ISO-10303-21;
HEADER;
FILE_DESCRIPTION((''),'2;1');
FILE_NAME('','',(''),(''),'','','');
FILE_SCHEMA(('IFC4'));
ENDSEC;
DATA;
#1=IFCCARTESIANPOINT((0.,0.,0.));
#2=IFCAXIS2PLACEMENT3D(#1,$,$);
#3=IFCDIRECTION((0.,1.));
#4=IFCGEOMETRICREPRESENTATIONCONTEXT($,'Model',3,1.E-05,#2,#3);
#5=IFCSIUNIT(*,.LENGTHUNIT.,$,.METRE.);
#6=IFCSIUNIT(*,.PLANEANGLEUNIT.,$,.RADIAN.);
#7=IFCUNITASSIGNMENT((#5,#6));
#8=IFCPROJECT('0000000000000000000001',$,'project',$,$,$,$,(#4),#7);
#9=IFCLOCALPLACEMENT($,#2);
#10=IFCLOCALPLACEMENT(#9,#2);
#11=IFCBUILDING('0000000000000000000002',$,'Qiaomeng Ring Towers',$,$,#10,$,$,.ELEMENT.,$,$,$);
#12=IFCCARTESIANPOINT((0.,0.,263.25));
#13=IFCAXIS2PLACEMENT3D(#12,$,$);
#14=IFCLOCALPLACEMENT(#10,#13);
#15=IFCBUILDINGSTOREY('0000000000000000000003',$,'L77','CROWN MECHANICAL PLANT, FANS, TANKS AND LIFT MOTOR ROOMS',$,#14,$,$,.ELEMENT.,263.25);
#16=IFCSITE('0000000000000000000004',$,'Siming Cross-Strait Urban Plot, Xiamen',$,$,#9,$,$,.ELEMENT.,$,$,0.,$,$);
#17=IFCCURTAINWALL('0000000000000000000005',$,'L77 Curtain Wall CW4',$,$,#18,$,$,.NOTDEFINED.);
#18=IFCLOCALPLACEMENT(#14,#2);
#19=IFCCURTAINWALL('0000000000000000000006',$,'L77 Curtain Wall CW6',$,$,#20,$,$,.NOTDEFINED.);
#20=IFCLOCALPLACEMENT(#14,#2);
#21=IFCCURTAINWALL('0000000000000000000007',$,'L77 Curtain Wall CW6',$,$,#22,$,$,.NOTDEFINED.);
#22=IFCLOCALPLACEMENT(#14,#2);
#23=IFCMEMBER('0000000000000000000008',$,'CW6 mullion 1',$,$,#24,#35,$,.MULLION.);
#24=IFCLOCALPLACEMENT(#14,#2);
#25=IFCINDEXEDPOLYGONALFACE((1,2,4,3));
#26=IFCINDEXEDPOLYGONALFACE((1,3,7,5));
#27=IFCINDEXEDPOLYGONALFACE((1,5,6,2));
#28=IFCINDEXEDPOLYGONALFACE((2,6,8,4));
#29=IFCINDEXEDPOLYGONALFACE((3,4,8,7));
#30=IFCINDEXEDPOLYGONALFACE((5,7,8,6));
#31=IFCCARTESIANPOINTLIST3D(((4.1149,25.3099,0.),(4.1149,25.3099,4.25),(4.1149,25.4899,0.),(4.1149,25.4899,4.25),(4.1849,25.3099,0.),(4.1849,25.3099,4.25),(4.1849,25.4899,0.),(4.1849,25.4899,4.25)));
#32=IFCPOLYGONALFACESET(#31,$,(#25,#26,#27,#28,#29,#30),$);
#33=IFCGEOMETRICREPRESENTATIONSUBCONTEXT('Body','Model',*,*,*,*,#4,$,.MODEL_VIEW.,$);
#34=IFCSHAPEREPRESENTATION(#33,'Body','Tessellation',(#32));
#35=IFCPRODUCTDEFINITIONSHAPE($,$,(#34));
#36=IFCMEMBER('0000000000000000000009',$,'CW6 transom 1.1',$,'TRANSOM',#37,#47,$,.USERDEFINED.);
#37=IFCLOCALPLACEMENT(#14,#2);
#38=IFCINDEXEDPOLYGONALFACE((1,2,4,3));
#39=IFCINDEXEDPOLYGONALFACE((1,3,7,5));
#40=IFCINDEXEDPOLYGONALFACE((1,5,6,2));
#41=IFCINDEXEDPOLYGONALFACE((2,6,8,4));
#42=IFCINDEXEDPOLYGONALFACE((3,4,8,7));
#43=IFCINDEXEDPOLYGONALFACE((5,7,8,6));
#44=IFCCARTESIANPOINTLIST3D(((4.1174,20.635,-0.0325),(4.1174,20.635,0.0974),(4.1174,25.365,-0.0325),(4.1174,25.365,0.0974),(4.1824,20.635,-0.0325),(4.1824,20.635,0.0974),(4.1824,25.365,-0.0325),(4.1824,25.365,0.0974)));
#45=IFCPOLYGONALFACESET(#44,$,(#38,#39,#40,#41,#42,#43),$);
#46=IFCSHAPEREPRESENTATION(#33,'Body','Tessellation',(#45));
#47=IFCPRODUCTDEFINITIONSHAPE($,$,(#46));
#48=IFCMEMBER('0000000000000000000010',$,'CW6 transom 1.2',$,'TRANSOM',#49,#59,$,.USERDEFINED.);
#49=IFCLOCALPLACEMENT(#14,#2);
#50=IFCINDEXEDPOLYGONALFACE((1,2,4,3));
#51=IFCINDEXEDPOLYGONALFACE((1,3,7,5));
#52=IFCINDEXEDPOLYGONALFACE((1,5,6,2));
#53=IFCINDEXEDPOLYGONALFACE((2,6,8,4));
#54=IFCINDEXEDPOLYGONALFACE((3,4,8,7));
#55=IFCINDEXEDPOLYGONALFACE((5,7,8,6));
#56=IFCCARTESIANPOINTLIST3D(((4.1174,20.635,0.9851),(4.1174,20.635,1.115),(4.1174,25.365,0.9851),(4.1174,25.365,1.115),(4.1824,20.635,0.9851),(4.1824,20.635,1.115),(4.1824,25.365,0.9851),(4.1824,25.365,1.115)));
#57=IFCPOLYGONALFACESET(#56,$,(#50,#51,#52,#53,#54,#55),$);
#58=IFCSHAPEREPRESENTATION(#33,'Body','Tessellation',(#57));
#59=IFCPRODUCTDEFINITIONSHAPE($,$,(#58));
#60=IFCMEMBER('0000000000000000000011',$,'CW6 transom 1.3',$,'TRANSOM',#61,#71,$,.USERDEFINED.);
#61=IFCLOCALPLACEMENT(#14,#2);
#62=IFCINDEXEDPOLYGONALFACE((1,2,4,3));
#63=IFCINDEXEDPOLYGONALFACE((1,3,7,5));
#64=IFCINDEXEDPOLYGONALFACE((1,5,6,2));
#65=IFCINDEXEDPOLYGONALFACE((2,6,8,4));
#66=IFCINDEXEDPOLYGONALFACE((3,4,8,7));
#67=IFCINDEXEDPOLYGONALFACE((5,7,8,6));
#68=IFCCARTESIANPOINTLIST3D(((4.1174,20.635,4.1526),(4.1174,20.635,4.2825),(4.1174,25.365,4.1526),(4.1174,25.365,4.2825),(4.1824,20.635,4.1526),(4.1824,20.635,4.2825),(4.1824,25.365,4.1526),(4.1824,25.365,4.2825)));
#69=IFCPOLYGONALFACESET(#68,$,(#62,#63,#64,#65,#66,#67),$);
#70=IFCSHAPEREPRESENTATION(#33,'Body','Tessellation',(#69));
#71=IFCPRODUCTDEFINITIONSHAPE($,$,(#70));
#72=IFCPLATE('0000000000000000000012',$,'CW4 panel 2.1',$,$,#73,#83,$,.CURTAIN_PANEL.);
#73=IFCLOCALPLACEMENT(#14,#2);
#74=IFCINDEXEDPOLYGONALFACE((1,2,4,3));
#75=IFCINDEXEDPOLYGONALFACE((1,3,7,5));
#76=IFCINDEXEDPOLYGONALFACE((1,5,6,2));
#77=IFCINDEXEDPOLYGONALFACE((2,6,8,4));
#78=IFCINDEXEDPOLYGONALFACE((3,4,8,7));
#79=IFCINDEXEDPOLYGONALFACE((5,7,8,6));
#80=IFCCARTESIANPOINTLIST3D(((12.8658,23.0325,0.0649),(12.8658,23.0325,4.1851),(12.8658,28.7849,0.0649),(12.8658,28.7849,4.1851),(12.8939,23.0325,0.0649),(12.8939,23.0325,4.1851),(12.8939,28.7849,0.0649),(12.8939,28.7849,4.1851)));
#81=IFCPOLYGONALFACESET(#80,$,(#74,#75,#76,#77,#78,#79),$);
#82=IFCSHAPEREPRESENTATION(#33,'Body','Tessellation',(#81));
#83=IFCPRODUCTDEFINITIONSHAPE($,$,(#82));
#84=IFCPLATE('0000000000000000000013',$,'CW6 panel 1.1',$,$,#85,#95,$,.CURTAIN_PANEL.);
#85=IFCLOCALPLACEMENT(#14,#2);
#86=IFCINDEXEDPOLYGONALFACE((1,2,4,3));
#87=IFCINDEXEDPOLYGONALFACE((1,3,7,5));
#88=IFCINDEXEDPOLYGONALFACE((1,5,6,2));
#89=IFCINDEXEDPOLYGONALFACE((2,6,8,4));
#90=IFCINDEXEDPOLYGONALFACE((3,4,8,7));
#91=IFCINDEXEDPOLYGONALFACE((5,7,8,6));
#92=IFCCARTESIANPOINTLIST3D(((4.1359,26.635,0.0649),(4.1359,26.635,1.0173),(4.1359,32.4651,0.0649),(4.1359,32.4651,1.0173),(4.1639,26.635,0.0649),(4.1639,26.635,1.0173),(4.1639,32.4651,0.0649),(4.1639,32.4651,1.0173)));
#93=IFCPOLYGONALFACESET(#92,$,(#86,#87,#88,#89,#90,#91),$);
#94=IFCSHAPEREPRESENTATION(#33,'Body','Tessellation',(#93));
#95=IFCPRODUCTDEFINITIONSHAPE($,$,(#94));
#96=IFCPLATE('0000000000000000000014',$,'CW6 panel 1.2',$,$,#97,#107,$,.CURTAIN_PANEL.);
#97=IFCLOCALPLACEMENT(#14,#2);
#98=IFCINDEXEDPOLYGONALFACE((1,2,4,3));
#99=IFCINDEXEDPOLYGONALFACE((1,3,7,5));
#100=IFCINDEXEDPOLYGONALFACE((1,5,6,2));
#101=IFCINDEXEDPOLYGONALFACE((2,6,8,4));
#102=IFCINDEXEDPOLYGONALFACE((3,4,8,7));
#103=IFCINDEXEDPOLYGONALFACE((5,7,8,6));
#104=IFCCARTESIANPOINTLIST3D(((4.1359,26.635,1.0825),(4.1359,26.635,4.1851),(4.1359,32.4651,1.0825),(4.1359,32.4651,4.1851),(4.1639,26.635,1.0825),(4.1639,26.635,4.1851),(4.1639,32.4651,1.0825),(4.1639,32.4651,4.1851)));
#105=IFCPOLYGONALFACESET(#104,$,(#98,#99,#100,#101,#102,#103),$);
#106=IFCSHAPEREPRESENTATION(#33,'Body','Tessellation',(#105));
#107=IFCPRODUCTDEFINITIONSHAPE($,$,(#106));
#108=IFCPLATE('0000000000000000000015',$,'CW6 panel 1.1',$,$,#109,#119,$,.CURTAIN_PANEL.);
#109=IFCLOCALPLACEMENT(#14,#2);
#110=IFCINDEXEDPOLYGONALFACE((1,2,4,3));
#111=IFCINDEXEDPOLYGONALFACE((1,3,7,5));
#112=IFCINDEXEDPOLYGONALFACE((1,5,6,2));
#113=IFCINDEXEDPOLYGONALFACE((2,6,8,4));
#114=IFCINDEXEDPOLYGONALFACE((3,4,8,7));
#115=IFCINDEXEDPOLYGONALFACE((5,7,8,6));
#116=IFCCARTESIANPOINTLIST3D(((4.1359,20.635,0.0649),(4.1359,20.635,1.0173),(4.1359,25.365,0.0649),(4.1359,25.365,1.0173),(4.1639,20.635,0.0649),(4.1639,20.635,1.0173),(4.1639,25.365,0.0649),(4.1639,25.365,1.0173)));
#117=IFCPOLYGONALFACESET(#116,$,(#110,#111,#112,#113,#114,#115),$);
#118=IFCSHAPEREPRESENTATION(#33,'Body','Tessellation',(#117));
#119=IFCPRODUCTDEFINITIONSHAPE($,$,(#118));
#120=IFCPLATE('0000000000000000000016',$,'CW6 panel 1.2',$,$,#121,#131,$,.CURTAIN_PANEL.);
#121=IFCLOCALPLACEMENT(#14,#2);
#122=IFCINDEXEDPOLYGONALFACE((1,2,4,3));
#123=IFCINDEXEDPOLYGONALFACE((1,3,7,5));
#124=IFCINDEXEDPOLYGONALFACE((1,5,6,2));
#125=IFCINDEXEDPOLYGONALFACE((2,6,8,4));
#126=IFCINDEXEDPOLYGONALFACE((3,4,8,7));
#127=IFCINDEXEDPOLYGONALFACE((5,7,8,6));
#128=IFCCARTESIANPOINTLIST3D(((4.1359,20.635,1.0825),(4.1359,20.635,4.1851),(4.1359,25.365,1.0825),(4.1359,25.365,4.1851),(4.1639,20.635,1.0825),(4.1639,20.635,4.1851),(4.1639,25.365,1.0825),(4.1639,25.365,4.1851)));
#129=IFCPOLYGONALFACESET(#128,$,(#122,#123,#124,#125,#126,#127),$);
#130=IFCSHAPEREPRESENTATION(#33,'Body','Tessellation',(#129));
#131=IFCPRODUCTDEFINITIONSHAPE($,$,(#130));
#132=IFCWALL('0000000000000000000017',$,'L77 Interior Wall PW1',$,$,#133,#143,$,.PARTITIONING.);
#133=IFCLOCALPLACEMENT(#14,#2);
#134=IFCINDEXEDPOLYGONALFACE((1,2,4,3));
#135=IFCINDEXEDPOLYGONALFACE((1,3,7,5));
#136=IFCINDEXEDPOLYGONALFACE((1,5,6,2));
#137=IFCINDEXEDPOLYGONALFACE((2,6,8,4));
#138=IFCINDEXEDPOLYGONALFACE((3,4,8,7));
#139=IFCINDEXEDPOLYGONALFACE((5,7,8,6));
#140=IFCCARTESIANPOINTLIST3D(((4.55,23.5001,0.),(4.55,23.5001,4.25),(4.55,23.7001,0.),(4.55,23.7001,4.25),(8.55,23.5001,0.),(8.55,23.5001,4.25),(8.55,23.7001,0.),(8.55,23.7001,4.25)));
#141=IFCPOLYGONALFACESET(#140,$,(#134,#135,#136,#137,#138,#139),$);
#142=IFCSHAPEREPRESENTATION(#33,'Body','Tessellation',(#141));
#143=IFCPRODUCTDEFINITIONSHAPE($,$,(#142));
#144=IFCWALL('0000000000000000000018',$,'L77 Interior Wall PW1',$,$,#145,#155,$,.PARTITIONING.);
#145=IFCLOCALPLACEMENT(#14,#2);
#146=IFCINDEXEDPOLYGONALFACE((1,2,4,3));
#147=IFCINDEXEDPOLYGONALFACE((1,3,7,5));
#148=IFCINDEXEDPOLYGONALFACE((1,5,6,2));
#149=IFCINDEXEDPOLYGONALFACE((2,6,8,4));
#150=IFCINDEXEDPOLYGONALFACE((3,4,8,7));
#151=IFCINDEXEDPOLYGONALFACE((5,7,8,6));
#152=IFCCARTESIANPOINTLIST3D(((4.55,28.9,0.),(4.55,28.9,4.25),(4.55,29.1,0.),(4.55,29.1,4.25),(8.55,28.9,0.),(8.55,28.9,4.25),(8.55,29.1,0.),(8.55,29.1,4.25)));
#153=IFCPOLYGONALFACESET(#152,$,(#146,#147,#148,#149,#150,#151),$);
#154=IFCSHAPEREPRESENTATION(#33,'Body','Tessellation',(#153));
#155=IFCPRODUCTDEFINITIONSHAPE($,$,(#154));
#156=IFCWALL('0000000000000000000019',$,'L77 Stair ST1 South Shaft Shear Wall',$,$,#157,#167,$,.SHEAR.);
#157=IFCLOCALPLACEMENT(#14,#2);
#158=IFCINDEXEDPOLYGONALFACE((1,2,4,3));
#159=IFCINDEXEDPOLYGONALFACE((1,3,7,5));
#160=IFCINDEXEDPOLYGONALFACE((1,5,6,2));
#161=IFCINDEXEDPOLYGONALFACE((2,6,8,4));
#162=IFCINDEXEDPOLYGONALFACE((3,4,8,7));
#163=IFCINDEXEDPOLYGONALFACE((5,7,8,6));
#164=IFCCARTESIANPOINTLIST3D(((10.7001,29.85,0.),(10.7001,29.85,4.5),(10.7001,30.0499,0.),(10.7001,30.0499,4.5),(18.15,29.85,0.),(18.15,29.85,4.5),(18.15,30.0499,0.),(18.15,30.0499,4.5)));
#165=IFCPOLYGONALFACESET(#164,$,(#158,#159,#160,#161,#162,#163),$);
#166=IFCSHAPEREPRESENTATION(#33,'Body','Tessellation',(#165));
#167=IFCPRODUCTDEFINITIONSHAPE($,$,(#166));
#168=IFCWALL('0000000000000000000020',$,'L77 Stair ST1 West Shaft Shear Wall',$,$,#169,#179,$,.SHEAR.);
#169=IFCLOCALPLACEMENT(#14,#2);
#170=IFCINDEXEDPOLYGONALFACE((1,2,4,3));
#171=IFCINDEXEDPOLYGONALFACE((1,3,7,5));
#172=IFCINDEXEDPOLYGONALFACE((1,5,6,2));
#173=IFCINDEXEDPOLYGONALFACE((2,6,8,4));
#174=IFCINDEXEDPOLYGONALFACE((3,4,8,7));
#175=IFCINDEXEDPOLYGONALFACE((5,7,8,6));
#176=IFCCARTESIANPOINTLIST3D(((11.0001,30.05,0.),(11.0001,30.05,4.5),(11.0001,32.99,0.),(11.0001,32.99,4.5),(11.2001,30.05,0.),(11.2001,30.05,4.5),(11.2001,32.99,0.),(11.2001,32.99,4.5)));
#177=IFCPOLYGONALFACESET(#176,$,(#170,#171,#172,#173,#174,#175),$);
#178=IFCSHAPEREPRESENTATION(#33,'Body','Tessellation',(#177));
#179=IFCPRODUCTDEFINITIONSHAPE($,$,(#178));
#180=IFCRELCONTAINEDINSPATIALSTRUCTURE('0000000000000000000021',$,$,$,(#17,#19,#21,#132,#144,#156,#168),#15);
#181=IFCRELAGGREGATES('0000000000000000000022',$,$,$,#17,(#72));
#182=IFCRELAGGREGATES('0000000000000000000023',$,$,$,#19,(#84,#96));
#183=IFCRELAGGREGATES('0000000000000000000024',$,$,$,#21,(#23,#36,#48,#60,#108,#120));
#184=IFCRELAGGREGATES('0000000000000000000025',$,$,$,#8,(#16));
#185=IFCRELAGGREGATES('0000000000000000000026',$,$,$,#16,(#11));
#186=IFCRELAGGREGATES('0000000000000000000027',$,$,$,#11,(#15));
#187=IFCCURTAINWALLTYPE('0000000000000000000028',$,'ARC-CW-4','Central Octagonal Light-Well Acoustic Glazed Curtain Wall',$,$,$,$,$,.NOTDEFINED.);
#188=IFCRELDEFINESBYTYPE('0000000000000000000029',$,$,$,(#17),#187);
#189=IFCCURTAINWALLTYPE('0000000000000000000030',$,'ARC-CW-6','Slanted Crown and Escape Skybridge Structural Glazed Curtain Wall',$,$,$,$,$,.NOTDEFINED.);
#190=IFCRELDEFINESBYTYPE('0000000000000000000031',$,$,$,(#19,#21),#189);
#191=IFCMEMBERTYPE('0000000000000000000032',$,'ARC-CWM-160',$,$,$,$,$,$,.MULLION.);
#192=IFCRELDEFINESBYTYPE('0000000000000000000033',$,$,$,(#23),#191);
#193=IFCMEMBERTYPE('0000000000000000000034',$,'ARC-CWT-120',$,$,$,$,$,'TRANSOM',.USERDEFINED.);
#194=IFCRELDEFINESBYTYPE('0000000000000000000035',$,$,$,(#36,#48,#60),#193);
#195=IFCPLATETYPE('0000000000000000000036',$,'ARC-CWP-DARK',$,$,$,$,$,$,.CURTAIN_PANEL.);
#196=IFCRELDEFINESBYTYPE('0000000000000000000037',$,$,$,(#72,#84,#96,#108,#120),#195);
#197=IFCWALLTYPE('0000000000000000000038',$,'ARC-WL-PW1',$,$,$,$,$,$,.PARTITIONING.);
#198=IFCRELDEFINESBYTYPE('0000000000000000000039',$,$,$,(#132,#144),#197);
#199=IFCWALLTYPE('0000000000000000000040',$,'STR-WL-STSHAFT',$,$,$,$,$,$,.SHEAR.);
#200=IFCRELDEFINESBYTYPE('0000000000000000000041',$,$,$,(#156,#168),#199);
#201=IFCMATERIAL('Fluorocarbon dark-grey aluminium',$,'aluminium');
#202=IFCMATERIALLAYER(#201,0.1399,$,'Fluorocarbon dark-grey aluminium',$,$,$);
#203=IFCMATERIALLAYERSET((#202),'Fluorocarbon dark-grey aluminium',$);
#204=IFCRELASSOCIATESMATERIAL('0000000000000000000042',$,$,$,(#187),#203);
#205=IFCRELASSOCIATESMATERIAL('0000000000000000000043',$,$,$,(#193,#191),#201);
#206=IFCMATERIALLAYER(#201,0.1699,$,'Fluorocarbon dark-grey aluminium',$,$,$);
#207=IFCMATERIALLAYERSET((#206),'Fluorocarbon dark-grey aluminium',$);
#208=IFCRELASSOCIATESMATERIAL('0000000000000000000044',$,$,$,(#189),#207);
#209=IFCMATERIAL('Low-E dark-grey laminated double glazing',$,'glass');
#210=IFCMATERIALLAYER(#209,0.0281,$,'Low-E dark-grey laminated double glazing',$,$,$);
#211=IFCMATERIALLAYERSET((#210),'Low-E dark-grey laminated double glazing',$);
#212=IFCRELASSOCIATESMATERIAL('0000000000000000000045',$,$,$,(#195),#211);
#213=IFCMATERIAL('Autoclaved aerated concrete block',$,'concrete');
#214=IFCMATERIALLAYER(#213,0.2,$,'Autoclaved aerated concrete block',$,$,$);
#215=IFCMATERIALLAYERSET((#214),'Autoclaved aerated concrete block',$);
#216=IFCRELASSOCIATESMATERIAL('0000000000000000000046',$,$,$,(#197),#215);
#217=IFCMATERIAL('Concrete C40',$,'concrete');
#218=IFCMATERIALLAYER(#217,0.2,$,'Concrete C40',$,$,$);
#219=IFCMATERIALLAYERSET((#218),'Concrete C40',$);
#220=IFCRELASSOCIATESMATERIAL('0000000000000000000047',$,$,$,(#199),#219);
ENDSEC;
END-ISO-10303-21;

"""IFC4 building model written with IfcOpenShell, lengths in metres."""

from ifc_helpers import new_model, si_unit, direction, frame, frame_2d, origin, origin_2d, place, context, subcontext, project, spatial, rectangle, extrude, source, transform, mapped, material, layer, layer_set, material_profile, profile_set, type_object, element, aggregate, save


model = new_model("IFC4")

# Units and contexts
model_context = context("Model", 3, precision=1e-05, world=origin(), true_north=direction((0.0, 1.0)))
body_context = subcontext(model_context, "Body", "Model", "MODEL_VIEW")
ifc_project = project(units=[si_unit("LENGTHUNIT", "METRE"), si_unit("PLANEANGLEUNIT", "RADIAN")], contexts=[model_context])

# Site, building, storey
site_placement = place(None, origin())
site = spatial("IfcSite", under=ifc_project, at=site_placement, Name="Siming Cross-Strait Urban Plot, Xiamen", CompositionType="ELEMENT", RefElevation=0.0)
building_placement = place(site_placement, origin())
building = spatial("IfcBuilding", under=site, at=building_placement, Name="Qiaomeng Ring Towers", CompositionType="ELEMENT")
storey_placement = place(building_placement, frame((0.0, 0.0, 263.25)))
storey = spatial("IfcBuildingStorey", under=building, at=storey_placement, Name="L77", Description="CROWN MECHANICAL PLANT, FANS, TANKS AND LIFT MOTOR ROOMS", CompositionType="ELEMENT", Elevation=263.25)

# Shared definitions
ifc_material_1 = material(Name="Concrete C40", Category="concrete")

# Curtain wall
ifc_material_2 = material(Name="Fluorocarbon dark-grey aluminium", Category="aluminium")
ifc_layer_1 = layer(ifc_material_2, 0.1399, Name="Fluorocarbon dark-grey aluminium")
ifc_layer_set_1 = layer_set([ifc_layer_1], Name="Fluorocarbon dark-grey aluminium")
curtain_wall_type_1 = type_object("IfcCurtainWallType", Name="ARC-CW-4", Description="Central Octagonal Light-Well Acoustic Glazed Curtain Wall", PredefinedType="NOTDEFINED", material=ifc_layer_set_1)
curtain_wall_1_placement = place(storey_placement, origin())
curtain_wall_1 = element("IfcCurtainWall", 1, at=curtain_wall_1_placement, inside=storey, type_object=curtain_wall_type_1, Name="L77 Curtain Wall CW4", PredefinedType="NOTDEFINED")
ifc_material_profile_1 = material_profile(ifc_material_2, rectangle(XDim=0.0649, YDim=0.1299, at=origin_2d()), Name="ALU TRAN 65x130")
ifc_profile_set_1 = profile_set([ifc_material_profile_1], Name="Fluorocarbon dark-grey aluminium")
member_type_1 = type_object("IfcMemberType", Name="ARC-CWT-120", ElementType="TRANSOM", PredefinedType="USERDEFINED", material=ifc_profile_set_1)

# Curtain wall
ifc_layer_2 = layer(ifc_material_2, 0.1699, Name="Fluorocarbon dark-grey aluminium")
ifc_layer_set_2 = layer_set([ifc_layer_2], Name="Fluorocarbon dark-grey aluminium")
curtain_wall_type_2 = type_object("IfcCurtainWallType", Name="ARC-CW-6", Description="Slanted Crown and Escape Skybridge Structural Glazed Curtain Wall", PredefinedType="NOTDEFINED", material=ifc_layer_set_2)
curtain_wall_2_placement = place(storey_placement, origin())
curtain_wall_2 = element("IfcCurtainWall", 2, at=curtain_wall_2_placement, inside=storey, type_object=curtain_wall_type_2, Name="L77 Curtain Wall CW6", PredefinedType="NOTDEFINED")
ifc_material_profile_2 = material_profile(ifc_material_2, rectangle(XDim=0.0701, YDim=0.1799, at=origin_2d()), Name="ALU MULL 70x180")
ifc_profile_set_2 = profile_set([ifc_material_profile_2], Name="Fluorocarbon dark-grey aluminium")
member_type_2 = type_object("IfcMemberType", Name="ARC-CWM-160", PredefinedType="MULLION", material=ifc_profile_set_2)
shared_shape_1 = source(origin(), body_context, "Body", "SweptSolid", [
    extrude(rectangle(XDim=0.0701, YDim=0.1799, at=origin_2d()), origin(), (0.0, 0.0, 1.0), 4.25),
])

# Curtain wall, members
curtain_wall_3_placement = place(storey_placement, origin())
curtain_wall_3 = element("IfcCurtainWall", 3, at=curtain_wall_3_placement, inside=storey, type_object=curtain_wall_type_2, Name="L77 Curtain Wall CW6", PredefinedType="NOTDEFINED")
member_1_placement = place(storey_placement, frame((4.1499, 25.3999, 0.0), z_axis=(0.0, 0.0, 1.0), x_axis=(1.0, 0.0, 0.0)))
member_1 = element("IfcMember", 4, at=member_1_placement, type_object=member_type_2, Name="CW6 mullion 1", PredefinedType="MULLION", context=body_context, shape_type="MappedRepresentation", body=[
    mapped(shared_shape_1, transform((0.0, 0.0, 0.0), x_axis=(1.0, 0.0, 0.0), y_axis=(0.0, 1.0, 0.0), z_axis=(0.0, 0.0, 1.0), scale=1.0)),
])
shared_shape_2 = source(origin(), body_context, "Body", "SweptSolid", [
    extrude(rectangle(XDim=0.0649, YDim=0.1299, at=origin_2d()), origin(), (0.0, 0.0, 1.0), 4.73),
])
member_2_placement = place(storey_placement, frame((4.1499, 25.365, 0.0325), z_axis=(0.0, -1.0, 0.0), x_axis=(1.0, 0.0, 0.0)))
member_2 = element("IfcMember", 5, at=member_2_placement, type_object=member_type_1, Name="CW6 transom 1.1", ObjectType="TRANSOM", PredefinedType="USERDEFINED", context=body_context, shape_type="MappedRepresentation", body=[
    mapped(shared_shape_2, transform((0.0, 0.0, 0.0), x_axis=(1.0, 0.0, 0.0), y_axis=(0.0, 1.0, 0.0), z_axis=(0.0, 0.0, 1.0), scale=1.0)),
])
member_3_placement = place(storey_placement, frame((4.1499, 25.365, 1.05), z_axis=(0.0, -1.0, 0.0), x_axis=(1.0, 0.0, 0.0)))
member_3 = element("IfcMember", 6, at=member_3_placement, type_object=member_type_1, Name="CW6 transom 1.2", ObjectType="TRANSOM", PredefinedType="USERDEFINED", context=body_context, shape_type="MappedRepresentation", body=[
    mapped(shared_shape_2, transform((0.0, 0.0, 0.0), x_axis=(1.0, 0.0, 0.0), y_axis=(0.0, 1.0, 0.0), z_axis=(0.0, 0.0, 1.0), scale=1.0)),
])
member_4_placement = place(storey_placement, frame((4.1499, 25.365, 4.2175), z_axis=(0.0, -1.0, 0.0), x_axis=(1.0, 0.0, 0.0)))
member_4 = element("IfcMember", 7, at=member_4_placement, type_object=member_type_1, Name="CW6 transom 1.3", ObjectType="TRANSOM", PredefinedType="USERDEFINED", context=body_context, shape_type="MappedRepresentation", body=[
    mapped(shared_shape_2, transform((0.0, 0.0, 0.0), x_axis=(1.0, 0.0, 0.0), y_axis=(0.0, 1.0, 0.0), z_axis=(0.0, 0.0, 1.0), scale=1.0)),
])

# Plates
ifc_material_3 = material(Name="Low-E dark-grey laminated double glazing", Category="glass")
ifc_layer_3 = layer(ifc_material_3, 0.0281, Name="Low-E dark-grey laminated double glazing")
ifc_layer_set_3 = layer_set([ifc_layer_3], Name="Low-E dark-grey laminated double glazing")
plate_type = type_object("IfcPlateType", Name="ARC-CWP-DARK", PredefinedType="CURTAIN_PANEL", material=ifc_layer_set_3)
shared_shape_3 = source(origin(), body_context, "Body", "SweptSolid", [
    extrude(rectangle(XDim=5.7524, YDim=0.0281, at=origin_2d()), origin(), (0.0, 0.0, 1.0), 4.1201),
])
plate_1_placement = place(storey_placement, frame((12.8799, 25.9087, 0.0649), z_axis=(0.0, 0.0, 1.0), x_axis=(0.0, 1.0, 0.0)))
plate_1 = element("IfcPlate", 8, at=plate_1_placement, type_object=plate_type, Name="CW4 panel 2.1", PredefinedType="CURTAIN_PANEL", context=body_context, shape_type="MappedRepresentation", body=[
    mapped(shared_shape_3, transform((0.0, 0.0, 0.0), x_axis=(1.0, 0.0, 0.0), y_axis=(0.0, 1.0, 0.0), z_axis=(0.0, 0.0, 1.0), scale=1.0)),
])
aggregate(curtain_wall_1, [plate_1])
shared_shape_4 = source(origin(), body_context, "Body", "SweptSolid", [
    extrude(rectangle(XDim=5.8301, YDim=0.0281, at=origin_2d()), origin(), (0.0, 0.0, 1.0), 0.9524),
])
plate_2_placement = place(storey_placement, frame((4.1499, 29.55, 0.0649), z_axis=(0.0, 0.0, 1.0), x_axis=(0.0, -1.0, 0.0)))
plate_2 = element("IfcPlate", 9, at=plate_2_placement, type_object=plate_type, Name="CW6 panel 1.1", PredefinedType="CURTAIN_PANEL", context=body_context, shape_type="MappedRepresentation", body=[
    mapped(shared_shape_4, transform((0.0, 0.0, 0.0), x_axis=(1.0, 0.0, 0.0), y_axis=(0.0, 1.0, 0.0), z_axis=(0.0, 0.0, 1.0), scale=1.0)),
])
shared_shape_5 = source(origin(), body_context, "Body", "SweptSolid", [
    extrude(rectangle(XDim=5.8301, YDim=0.0281, at=origin_2d()), origin(), (0.0, 0.0, 1.0), 3.1025),
])
plate_3_placement = place(storey_placement, frame((4.1499, 29.55, 1.0825), z_axis=(0.0, 0.0, 1.0), x_axis=(0.0, -1.0, 0.0)))
plate_3 = element("IfcPlate", 10, at=plate_3_placement, type_object=plate_type, Name="CW6 panel 1.2", PredefinedType="CURTAIN_PANEL", context=body_context, shape_type="MappedRepresentation", body=[
    mapped(shared_shape_5, transform((0.0, 0.0, 0.0), x_axis=(1.0, 0.0, 0.0), y_axis=(0.0, 1.0, 0.0), z_axis=(0.0, 0.0, 1.0), scale=1.0)),
])
aggregate(curtain_wall_2, [plate_2, plate_3])
shared_shape_6 = source(origin(), body_context, "Body", "SweptSolid", [
    extrude(rectangle(XDim=4.73, YDim=0.0281, at=origin_2d()), origin(), (0.0, 0.0, 1.0), 0.9524),
])
plate_4_placement = place(storey_placement, frame((4.1499, 23.0, 0.0649), z_axis=(0.0, 0.0, 1.0), x_axis=(0.0, -1.0, 0.0)))
plate_4 = element("IfcPlate", 11, at=plate_4_placement, type_object=plate_type, Name="CW6 panel 1.1", PredefinedType="CURTAIN_PANEL", context=body_context, shape_type="MappedRepresentation", body=[
    mapped(shared_shape_6, transform((0.0, 0.0, 0.0), x_axis=(1.0, 0.0, 0.0), y_axis=(0.0, 1.0, 0.0), z_axis=(0.0, 0.0, 1.0), scale=1.0)),
])
shared_shape_7 = source(origin(), body_context, "Body", "SweptSolid", [
    extrude(rectangle(XDim=4.73, YDim=0.0281, at=origin_2d()), origin(), (0.0, 0.0, 1.0), 3.1025),
])
plate_5_placement = place(storey_placement, frame((4.1499, 23.0, 1.0825), z_axis=(0.0, 0.0, 1.0), x_axis=(0.0, -1.0, 0.0)))
plate_5 = element("IfcPlate", 12, at=plate_5_placement, type_object=plate_type, Name="CW6 panel 1.2", PredefinedType="CURTAIN_PANEL", context=body_context, shape_type="MappedRepresentation", body=[
    mapped(shared_shape_7, transform((0.0, 0.0, 0.0), x_axis=(1.0, 0.0, 0.0), y_axis=(0.0, 1.0, 0.0), z_axis=(0.0, 0.0, 1.0), scale=1.0)),
])
aggregate(curtain_wall_3, [member_1, member_2, member_3, member_4, plate_4, plate_5])

# Walls
ifc_material_4 = material(Name="Autoclaved aerated concrete block", Category="concrete")
ifc_layer_4 = layer(ifc_material_4, 0.2, Name="Autoclaved aerated concrete block")
ifc_layer_set_4 = layer_set([ifc_layer_4], Name="Autoclaved aerated concrete block")
wall_type_1 = type_object("IfcWallType", Name="ARC-WL-PW1", PredefinedType="PARTITIONING", material=ifc_layer_set_4)
for number, where, z_axis, x_axis, name in (
    (13, (4.55, 23.6001, 0.0), (0.0, 0.0, 1.0), (1.0, 0.0, 0.0), "L77 Interior Wall PW1"),
    (14, (4.55, 29.0, 0.0), (0.0, 0.0, 1.0), (1.0, 0.0, 0.0), "L77 Interior Wall PW1"),
):
    element("IfcWall", number, at=place(storey_placement, frame(where, z_axis=z_axis, x_axis=x_axis)), inside=storey, type_object=wall_type_1, Name=name, PredefinedType="PARTITIONING", context=body_context, shape_type="SweptSolid", body=[
        extrude(rectangle(XDim=4.0, YDim=0.2, at=frame_2d((2.0, 0.0))), origin(), (0.0, 0.0, 1.0), 4.25),
    ])
ifc_layer_5 = layer(ifc_material_1, 0.2, Name="Concrete C40")
ifc_layer_set_5 = layer_set([ifc_layer_5], Name="Concrete C40")
wall_type_2 = type_object("IfcWallType", Name="STR-WL-STSHAFT", PredefinedType="SHEAR", material=ifc_layer_set_5)
wall_1_placement = place(storey_placement, frame((10.7, 29.95, 0.0), z_axis=(0.0, 0.0, 1.0), x_axis=(1.0, 0.0, 0.0)))
element("IfcWall", 15, at=wall_1_placement, inside=storey, type_object=wall_type_2, Name="L77 Stair ST1 South Shaft Shear Wall", PredefinedType="SHEAR", context=body_context, shape_type="SweptSolid", body=[
    extrude(rectangle(XDim=7.45, YDim=0.2, at=frame_2d((3.7251, 0.0))), origin(), (0.0, 0.0, 1.0), 4.5),
])
for number, where, z_axis, x_axis, name in (
    (16, (11.1001, 30.05, 0.0), (0.0, 0.0, 1.0), (0.0, 1.0, 0.0), "L77 Stair ST1 West Shaft Shear Wall"),
):
    element("IfcWall", number, at=place(storey_placement, frame(where, z_axis=z_axis, x_axis=x_axis)), inside=storey, type_object=wall_type_2, Name=name, PredefinedType="SHEAR", context=body_context, shape_type="SweptSolid", body=[
        extrude(rectangle(XDim=2.9399, YDim=0.2, at=frame_2d((1.47, 0.0))), origin(), (0.0, 0.0, 1.0), 4.5),
    ])

save(model, "model.ifc")
